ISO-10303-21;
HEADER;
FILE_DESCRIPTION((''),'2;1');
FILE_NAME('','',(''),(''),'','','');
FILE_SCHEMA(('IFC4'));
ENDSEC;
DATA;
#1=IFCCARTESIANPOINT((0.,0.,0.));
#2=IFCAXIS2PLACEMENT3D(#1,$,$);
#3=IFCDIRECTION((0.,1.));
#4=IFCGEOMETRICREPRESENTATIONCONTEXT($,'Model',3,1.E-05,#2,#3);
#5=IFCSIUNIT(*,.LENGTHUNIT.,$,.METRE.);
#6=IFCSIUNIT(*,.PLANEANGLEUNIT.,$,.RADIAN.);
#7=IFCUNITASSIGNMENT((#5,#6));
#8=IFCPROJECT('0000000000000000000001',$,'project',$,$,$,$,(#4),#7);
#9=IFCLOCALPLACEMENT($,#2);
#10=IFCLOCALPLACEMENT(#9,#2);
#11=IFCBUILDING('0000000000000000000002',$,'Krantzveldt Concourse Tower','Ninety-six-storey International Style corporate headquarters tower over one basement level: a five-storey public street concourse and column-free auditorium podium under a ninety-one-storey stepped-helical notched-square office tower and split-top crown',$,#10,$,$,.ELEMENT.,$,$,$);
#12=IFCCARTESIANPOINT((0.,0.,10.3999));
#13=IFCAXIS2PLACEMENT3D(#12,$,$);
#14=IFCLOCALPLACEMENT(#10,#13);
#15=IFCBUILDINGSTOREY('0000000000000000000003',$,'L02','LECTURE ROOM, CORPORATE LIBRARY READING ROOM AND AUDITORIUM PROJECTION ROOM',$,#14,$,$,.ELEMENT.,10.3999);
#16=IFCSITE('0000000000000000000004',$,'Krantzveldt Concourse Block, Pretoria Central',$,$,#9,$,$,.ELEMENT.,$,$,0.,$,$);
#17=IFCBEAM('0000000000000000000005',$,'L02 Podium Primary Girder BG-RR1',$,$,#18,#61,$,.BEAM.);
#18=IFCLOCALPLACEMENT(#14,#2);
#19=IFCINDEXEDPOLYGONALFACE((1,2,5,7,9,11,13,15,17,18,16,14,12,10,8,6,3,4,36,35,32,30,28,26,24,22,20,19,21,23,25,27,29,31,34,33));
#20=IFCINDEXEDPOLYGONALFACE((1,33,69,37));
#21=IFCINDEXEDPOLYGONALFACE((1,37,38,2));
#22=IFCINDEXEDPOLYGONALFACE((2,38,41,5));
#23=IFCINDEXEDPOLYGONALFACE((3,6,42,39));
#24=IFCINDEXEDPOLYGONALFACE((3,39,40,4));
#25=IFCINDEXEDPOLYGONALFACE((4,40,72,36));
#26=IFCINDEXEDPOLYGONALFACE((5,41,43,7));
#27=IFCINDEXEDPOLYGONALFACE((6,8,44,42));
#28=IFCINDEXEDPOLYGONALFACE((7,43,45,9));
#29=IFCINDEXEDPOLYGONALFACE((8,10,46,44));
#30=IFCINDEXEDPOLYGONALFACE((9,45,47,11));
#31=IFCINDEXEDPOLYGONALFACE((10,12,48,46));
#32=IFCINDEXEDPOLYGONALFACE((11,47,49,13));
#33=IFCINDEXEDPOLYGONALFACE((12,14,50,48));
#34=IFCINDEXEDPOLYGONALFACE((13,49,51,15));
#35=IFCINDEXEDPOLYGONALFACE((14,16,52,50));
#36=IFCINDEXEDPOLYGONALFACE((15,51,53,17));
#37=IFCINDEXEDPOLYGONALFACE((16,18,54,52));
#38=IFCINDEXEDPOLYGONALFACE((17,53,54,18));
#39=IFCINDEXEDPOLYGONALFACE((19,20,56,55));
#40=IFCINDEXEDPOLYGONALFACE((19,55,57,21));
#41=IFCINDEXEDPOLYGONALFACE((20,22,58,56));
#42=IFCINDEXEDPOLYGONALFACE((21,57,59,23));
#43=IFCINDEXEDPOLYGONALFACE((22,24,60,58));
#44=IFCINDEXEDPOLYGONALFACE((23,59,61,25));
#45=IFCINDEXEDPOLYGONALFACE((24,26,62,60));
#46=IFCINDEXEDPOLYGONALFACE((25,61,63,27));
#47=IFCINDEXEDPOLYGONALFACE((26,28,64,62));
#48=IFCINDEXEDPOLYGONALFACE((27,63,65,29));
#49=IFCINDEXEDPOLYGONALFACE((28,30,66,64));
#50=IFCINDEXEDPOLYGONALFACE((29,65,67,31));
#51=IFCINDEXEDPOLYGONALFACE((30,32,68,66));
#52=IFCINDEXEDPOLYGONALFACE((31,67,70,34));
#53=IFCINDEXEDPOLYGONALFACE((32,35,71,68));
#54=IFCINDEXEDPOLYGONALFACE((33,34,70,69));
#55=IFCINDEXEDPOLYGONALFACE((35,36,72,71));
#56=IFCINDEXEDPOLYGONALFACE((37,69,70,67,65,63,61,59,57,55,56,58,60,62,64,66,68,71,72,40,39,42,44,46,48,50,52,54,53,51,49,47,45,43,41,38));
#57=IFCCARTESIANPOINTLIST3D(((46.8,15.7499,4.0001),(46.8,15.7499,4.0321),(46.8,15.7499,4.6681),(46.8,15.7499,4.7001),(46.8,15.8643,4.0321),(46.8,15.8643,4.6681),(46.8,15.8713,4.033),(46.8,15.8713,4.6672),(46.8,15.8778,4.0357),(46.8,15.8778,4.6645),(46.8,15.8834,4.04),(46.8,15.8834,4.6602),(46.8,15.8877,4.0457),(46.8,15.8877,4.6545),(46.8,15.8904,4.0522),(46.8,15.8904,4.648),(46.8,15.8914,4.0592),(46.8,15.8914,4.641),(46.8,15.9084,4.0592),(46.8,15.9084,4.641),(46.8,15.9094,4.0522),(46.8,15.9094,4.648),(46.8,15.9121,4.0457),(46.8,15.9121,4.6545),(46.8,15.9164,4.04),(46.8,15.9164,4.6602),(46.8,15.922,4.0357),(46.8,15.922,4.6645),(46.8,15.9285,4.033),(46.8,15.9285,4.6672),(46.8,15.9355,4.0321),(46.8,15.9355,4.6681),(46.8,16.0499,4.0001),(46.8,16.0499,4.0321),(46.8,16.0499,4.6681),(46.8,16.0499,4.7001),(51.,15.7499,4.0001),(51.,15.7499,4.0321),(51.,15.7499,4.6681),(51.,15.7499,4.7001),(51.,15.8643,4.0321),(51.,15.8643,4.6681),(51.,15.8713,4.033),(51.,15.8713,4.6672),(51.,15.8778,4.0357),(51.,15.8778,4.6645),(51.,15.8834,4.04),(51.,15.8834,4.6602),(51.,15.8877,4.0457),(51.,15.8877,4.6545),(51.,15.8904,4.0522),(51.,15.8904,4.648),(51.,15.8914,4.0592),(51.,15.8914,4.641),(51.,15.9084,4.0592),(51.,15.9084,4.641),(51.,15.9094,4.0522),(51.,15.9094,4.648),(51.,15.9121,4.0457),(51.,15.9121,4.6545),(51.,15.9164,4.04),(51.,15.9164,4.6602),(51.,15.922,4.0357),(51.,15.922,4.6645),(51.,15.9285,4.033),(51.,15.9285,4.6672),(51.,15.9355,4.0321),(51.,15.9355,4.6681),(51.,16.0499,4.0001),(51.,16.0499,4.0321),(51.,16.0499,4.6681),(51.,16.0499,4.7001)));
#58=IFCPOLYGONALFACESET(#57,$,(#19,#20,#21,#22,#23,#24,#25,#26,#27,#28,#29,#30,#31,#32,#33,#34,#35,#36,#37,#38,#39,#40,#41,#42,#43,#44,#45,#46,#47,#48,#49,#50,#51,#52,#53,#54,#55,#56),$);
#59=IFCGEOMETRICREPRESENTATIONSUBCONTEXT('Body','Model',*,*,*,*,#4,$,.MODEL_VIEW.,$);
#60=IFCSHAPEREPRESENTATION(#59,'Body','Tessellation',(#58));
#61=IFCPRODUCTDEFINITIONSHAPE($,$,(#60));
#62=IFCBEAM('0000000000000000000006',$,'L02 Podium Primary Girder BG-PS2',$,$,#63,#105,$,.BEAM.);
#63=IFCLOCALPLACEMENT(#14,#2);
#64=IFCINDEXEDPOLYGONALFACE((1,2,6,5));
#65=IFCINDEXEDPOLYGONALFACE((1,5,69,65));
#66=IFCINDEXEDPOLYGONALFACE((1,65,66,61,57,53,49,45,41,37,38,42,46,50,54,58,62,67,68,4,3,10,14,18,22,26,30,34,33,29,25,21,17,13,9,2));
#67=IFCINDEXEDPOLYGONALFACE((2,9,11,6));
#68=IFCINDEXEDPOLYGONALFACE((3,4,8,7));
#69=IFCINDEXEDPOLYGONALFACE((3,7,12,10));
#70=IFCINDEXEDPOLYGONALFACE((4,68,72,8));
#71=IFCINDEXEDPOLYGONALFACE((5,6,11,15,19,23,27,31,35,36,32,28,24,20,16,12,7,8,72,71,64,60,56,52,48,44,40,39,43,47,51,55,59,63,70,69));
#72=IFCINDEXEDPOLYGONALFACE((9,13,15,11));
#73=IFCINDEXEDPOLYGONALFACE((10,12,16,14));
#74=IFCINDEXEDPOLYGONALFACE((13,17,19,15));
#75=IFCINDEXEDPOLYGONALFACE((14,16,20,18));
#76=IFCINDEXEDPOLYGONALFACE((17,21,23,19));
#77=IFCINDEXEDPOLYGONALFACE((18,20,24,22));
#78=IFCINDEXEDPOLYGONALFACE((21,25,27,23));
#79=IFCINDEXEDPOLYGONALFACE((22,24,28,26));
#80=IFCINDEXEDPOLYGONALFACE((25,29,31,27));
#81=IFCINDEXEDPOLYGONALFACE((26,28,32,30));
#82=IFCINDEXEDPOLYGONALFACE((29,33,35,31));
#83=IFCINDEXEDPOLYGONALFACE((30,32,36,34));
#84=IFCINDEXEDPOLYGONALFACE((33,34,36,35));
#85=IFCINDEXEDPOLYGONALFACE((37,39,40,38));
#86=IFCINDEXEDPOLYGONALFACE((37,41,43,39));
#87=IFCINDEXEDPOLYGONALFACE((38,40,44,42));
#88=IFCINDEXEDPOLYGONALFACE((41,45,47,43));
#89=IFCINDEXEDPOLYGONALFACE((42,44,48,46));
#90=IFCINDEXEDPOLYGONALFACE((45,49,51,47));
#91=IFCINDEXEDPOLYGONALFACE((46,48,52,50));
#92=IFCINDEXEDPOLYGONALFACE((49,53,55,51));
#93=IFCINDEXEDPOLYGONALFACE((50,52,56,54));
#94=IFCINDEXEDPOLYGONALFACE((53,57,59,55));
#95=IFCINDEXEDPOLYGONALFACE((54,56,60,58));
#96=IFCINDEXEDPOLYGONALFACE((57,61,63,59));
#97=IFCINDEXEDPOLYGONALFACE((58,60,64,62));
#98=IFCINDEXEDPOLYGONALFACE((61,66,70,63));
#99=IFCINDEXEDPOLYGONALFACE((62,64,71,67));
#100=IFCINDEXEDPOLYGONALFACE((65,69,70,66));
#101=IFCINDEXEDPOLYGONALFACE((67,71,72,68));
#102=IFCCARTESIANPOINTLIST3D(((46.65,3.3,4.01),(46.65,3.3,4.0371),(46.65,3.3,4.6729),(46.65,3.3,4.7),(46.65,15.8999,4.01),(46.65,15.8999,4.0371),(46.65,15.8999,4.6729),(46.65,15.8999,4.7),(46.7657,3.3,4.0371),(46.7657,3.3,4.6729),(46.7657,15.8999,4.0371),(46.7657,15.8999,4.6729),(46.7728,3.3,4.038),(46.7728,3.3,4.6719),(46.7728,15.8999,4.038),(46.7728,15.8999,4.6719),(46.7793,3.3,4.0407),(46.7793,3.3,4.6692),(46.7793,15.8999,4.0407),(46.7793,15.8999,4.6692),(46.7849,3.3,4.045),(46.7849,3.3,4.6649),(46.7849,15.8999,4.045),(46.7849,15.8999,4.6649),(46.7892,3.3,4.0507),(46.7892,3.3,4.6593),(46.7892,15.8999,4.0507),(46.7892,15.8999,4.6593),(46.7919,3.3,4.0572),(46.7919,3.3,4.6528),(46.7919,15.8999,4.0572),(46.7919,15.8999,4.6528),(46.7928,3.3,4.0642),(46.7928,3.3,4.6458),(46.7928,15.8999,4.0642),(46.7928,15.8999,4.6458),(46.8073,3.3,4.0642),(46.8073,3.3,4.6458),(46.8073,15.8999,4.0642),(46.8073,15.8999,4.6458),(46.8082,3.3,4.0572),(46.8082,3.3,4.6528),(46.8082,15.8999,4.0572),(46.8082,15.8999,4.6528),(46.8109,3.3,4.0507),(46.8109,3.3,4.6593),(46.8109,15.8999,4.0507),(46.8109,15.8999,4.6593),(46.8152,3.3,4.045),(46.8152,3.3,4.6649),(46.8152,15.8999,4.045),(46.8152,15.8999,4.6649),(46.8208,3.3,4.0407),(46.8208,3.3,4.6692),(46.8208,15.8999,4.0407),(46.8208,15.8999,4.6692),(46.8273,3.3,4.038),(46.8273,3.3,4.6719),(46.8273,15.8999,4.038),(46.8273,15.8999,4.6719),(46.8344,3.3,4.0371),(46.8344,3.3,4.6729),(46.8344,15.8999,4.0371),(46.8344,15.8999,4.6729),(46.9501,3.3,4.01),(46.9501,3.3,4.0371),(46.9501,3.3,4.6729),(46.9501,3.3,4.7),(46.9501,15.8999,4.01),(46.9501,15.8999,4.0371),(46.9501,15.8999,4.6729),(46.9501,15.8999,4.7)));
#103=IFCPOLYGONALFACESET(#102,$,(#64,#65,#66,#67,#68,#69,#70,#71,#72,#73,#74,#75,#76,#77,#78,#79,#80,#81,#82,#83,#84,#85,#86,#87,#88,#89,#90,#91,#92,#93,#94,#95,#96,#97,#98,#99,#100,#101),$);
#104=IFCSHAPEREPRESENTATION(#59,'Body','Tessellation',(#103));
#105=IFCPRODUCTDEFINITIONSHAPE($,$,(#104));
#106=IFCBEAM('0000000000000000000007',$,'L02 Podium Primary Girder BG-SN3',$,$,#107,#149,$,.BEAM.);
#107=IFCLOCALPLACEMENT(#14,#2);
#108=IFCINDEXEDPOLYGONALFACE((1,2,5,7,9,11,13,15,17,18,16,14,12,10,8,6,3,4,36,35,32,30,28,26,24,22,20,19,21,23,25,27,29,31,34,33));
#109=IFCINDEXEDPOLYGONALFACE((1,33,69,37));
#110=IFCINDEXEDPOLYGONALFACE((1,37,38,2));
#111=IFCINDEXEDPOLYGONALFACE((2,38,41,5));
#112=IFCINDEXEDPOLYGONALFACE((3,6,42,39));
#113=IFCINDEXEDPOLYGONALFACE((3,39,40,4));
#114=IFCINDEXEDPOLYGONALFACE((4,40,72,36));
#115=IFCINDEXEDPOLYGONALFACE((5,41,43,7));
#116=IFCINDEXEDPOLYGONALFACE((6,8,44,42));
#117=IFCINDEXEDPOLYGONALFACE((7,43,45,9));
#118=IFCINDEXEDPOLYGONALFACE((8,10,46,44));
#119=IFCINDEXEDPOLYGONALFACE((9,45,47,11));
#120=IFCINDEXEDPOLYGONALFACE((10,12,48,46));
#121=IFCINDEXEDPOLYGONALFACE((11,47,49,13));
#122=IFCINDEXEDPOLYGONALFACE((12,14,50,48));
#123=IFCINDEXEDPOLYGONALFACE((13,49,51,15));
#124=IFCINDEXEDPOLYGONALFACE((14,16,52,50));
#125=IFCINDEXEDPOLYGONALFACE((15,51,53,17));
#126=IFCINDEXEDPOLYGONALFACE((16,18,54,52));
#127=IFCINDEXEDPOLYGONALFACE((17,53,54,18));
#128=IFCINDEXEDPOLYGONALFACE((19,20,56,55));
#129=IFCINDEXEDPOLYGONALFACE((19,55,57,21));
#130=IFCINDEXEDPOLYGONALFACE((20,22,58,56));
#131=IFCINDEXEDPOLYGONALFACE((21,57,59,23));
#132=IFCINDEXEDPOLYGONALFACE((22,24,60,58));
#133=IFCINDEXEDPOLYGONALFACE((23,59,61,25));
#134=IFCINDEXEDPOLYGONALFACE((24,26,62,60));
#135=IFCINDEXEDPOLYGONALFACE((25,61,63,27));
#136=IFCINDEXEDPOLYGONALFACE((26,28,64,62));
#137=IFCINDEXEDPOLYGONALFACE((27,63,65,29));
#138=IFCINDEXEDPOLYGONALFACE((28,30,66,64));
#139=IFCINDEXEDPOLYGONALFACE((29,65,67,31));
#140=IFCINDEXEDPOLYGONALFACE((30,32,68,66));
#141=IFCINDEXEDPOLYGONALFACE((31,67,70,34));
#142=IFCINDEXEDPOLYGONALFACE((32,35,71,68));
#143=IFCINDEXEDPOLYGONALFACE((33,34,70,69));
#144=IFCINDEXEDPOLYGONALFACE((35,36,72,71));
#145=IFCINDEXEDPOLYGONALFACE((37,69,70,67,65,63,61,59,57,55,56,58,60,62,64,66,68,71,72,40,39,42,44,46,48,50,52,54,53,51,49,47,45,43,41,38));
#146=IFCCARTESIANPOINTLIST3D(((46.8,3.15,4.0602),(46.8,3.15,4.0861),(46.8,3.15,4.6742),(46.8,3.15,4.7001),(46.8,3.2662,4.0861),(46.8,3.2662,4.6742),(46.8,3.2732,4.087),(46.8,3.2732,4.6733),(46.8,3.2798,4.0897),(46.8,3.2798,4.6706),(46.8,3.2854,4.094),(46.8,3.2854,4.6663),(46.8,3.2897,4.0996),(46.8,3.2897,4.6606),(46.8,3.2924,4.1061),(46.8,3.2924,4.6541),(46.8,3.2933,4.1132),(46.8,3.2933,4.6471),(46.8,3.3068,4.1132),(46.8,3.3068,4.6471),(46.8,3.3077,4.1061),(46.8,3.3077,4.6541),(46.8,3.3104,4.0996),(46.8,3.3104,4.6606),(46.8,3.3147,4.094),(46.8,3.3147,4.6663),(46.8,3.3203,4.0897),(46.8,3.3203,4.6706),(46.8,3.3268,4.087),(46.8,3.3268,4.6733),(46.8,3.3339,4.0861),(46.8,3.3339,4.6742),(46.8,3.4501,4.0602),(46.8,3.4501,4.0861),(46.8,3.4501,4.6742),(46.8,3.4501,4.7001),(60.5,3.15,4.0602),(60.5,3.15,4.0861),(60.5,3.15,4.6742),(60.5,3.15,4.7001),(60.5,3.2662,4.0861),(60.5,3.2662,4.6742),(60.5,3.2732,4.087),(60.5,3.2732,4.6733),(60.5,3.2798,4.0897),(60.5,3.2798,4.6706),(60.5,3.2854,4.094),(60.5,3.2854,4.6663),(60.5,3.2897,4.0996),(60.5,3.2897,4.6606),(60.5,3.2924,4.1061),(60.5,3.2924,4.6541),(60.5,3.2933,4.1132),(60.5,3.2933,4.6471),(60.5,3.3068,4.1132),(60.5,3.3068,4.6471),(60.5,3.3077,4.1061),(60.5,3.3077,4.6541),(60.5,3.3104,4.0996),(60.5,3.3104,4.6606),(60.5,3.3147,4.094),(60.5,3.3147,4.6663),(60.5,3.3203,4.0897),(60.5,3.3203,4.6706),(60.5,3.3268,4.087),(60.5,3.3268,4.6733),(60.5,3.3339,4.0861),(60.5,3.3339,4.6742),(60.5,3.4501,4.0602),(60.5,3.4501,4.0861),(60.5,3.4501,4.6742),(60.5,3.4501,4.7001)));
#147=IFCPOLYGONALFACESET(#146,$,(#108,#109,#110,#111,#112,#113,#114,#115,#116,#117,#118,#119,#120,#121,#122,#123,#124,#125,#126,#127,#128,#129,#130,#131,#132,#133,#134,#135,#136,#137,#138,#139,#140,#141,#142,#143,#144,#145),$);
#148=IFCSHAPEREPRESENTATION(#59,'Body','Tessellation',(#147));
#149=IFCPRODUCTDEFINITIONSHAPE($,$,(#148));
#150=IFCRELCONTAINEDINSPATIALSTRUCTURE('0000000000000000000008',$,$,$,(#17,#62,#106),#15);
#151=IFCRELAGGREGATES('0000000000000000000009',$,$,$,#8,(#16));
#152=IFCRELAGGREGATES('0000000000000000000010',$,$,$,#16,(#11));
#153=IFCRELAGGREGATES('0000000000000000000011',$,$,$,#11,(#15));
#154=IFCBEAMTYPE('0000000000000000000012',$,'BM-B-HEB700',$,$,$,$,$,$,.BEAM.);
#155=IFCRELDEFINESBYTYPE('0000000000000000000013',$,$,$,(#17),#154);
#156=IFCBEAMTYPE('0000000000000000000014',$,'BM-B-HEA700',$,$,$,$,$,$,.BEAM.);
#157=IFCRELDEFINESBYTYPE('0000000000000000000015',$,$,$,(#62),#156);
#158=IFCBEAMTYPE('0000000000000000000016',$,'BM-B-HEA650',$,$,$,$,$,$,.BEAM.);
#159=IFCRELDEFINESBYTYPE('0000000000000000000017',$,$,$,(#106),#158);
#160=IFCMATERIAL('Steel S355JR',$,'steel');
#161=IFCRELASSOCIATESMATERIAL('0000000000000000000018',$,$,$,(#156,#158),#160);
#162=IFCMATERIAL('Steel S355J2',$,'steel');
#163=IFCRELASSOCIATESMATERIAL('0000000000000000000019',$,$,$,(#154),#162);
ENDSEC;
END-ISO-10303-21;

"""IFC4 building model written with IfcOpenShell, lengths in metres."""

from ifc_helpers import new_model, si_unit, direction, frame, origin, origin_2d, place, context, subcontext, project, spatial, i_section, extrude, source, transform, mapped, material, material_profile, profile_set, type_object, type_shapes, element, save


model = new_model("IFC4")

# Units and contexts
model_context = context("Model", 3, precision=1e-05, world=origin(), true_north=direction((0.0, 1.0)))
body_context = subcontext(model_context, "Body", "Model", "MODEL_VIEW")
ifc_project = project(units=[si_unit("LENGTHUNIT", "METRE"), si_unit("PLANEANGLEUNIT", "RADIAN")], contexts=[model_context])

# Site, building, storey
site_placement = place(None, origin())
site = spatial("IfcSite", under=ifc_project, at=site_placement, Name="Krantzveldt Concourse Block, Pretoria Central", CompositionType="ELEMENT", RefElevation=0.0)
building_placement = place(site_placement, origin())
building = spatial("IfcBuilding", under=site, at=building_placement, Name="Krantzveldt Concourse Tower", Description="Ninety-six-storey International Style corporate headquarters tower over one basement level: a five-storey public street concourse and column-free auditorium podium under a ninety-one-storey stepped-helical notched-square office tower and split-top crown", CompositionType="ELEMENT")
storey_placement = place(building_placement, frame((0.0, 0.0, 10.3999)))
storey = spatial("IfcBuildingStorey", under=building, at=storey_placement, Name="L02", Description="LECTURE ROOM, CORPORATE LIBRARY READING ROOM AND AUDITORIUM PROJECTION ROOM", CompositionType="ELEMENT", Elevation=10.3999)

# Beams
ifc_material_1 = material(Name="Steel S355J2", Category="steel")
ifc_material_2 = material(Name="Steel S355JR", Category="steel")
ifc_material_profile_1 = material_profile(ifc_material_2, i_section(OverallWidth=0.3, OverallDepth=0.6899, WebThickness=0.0144, FlangeThickness=0.0271, FilletRadius=0.0271, at=origin_2d()), Name="Steel S355JR", Category="steel")
ifc_profile_set_1 = profile_set([ifc_material_profile_1], Name="Steel S355JR - HEA 700")
beam_type_1 = type_object("IfcBeamType", Name="BM-B-HEA700", PredefinedType="BEAM", material=ifc_profile_set_1)
ifc_material_profile_2 = material_profile(ifc_material_1, i_section(OverallWidth=0.3, OverallDepth=0.7, WebThickness=0.0171, FlangeThickness=0.032, FilletRadius=0.0271, at=origin_2d()), Name="Steel S355J2", Category="steel")
ifc_profile_set_2 = profile_set([ifc_material_profile_2], Name="Steel S355J2 - HEB 700")
beam_type_2 = type_object("IfcBeamType", Name="BM-B-HEB700", PredefinedType="BEAM", material=ifc_profile_set_2)
shared_shape_1 = source(origin(), body_context, "Body", "SweptSolid", [
    extrude(i_section(OverallWidth=0.3, OverallDepth=0.7, WebThickness=0.0171, FlangeThickness=0.032, FilletRadius=0.0271, at=origin_2d()), origin(), (0.0, 0.0, 1.0), 4.2),
])
type_shapes(beam_type_2, [shared_shape_1])
beam_1_placement = place(storey_placement, frame((46.8, 15.8999, 4.3501), z_axis=(1.0, 0.0, 0.0), x_axis=(0.0, 1.0, 0.0)))
element("IfcBeam", 1, at=beam_1_placement, inside=storey, type_object=beam_type_2, Name="L02 Podium Primary Girder BG-RR1", PredefinedType="BEAM", context=body_context, shape_type="MappedRepresentation", body=[
    mapped(shared_shape_1, transform((0.0, 0.0, 0.0), x_axis=(1.0, 0.0, 0.0), y_axis=(0.0, 1.0, 0.0), z_axis=(0.0, 0.0, 1.0), scale=1.0)),
])
shared_shape_2 = source(origin(), body_context, "Body", "SweptSolid", [
    extrude(i_section(OverallWidth=0.3, OverallDepth=0.6899, WebThickness=0.0144, FlangeThickness=0.0271, FilletRadius=0.0271, at=origin_2d()), origin(), (0.0, 0.0, 1.0), 12.5999),
])
beam_2_placement = place(storey_placement, frame((46.8, 3.3, 4.355), z_axis=(0.0, 1.0, 0.0), x_axis=(-1.0, 0.0, 0.0)))
element("IfcBeam", 2, at=beam_2_placement, inside=storey, type_object=beam_type_1, Name="L02 Podium Primary Girder BG-PS2", PredefinedType="BEAM", context=body_context, shape_type="MappedRepresentation", body=[
    mapped(shared_shape_2, transform((0.0, 0.0, 0.0), x_axis=(1.0, 0.0, 0.0), y_axis=(0.0, 1.0, 0.0), z_axis=(0.0, 0.0, 1.0), scale=1.0)),
])
ifc_material_profile_3 = material_profile(ifc_material_2, i_section(OverallWidth=0.3, OverallDepth=0.6399, WebThickness=0.0134, FlangeThickness=0.0259, FilletRadius=0.0271, at=origin_2d()), Name="Steel S355JR", Category="steel")
ifc_profile_set_3 = profile_set([ifc_material_profile_3], Name="Steel S355JR - HEA 650")
beam_type_3 = type_object("IfcBeamType", Name="BM-B-HEA650", PredefinedType="BEAM", material=ifc_profile_set_3)
shared_shape_3 = source(origin(), body_context, "Body", "SweptSolid", [
    extrude(i_section(OverallWidth=0.3, OverallDepth=0.6399, WebThickness=0.0134, FlangeThickness=0.0259, FilletRadius=0.0271, at=origin_2d()), origin(), (0.0, 0.0, 1.0), 13.7),
])
beam_3_placement = place(storey_placement, frame((46.8, 3.3, 4.3801), z_axis=(1.0, 0.0, 0.0), x_axis=(0.0, 1.0, 0.0)))
element("IfcBeam", 3, at=beam_3_placement, inside=storey, type_object=beam_type_3, Name="L02 Podium Primary Girder BG-SN3", PredefinedType="BEAM", context=body_context, shape_type="MappedRepresentation", body=[
    mapped(shared_shape_3, transform((0.0, 0.0, 0.0), x_axis=(1.0, 0.0, 0.0), y_axis=(0.0, 1.0, 0.0), z_axis=(0.0, 0.0, 1.0), scale=1.0)),
])

save(model, "model.ifc")
